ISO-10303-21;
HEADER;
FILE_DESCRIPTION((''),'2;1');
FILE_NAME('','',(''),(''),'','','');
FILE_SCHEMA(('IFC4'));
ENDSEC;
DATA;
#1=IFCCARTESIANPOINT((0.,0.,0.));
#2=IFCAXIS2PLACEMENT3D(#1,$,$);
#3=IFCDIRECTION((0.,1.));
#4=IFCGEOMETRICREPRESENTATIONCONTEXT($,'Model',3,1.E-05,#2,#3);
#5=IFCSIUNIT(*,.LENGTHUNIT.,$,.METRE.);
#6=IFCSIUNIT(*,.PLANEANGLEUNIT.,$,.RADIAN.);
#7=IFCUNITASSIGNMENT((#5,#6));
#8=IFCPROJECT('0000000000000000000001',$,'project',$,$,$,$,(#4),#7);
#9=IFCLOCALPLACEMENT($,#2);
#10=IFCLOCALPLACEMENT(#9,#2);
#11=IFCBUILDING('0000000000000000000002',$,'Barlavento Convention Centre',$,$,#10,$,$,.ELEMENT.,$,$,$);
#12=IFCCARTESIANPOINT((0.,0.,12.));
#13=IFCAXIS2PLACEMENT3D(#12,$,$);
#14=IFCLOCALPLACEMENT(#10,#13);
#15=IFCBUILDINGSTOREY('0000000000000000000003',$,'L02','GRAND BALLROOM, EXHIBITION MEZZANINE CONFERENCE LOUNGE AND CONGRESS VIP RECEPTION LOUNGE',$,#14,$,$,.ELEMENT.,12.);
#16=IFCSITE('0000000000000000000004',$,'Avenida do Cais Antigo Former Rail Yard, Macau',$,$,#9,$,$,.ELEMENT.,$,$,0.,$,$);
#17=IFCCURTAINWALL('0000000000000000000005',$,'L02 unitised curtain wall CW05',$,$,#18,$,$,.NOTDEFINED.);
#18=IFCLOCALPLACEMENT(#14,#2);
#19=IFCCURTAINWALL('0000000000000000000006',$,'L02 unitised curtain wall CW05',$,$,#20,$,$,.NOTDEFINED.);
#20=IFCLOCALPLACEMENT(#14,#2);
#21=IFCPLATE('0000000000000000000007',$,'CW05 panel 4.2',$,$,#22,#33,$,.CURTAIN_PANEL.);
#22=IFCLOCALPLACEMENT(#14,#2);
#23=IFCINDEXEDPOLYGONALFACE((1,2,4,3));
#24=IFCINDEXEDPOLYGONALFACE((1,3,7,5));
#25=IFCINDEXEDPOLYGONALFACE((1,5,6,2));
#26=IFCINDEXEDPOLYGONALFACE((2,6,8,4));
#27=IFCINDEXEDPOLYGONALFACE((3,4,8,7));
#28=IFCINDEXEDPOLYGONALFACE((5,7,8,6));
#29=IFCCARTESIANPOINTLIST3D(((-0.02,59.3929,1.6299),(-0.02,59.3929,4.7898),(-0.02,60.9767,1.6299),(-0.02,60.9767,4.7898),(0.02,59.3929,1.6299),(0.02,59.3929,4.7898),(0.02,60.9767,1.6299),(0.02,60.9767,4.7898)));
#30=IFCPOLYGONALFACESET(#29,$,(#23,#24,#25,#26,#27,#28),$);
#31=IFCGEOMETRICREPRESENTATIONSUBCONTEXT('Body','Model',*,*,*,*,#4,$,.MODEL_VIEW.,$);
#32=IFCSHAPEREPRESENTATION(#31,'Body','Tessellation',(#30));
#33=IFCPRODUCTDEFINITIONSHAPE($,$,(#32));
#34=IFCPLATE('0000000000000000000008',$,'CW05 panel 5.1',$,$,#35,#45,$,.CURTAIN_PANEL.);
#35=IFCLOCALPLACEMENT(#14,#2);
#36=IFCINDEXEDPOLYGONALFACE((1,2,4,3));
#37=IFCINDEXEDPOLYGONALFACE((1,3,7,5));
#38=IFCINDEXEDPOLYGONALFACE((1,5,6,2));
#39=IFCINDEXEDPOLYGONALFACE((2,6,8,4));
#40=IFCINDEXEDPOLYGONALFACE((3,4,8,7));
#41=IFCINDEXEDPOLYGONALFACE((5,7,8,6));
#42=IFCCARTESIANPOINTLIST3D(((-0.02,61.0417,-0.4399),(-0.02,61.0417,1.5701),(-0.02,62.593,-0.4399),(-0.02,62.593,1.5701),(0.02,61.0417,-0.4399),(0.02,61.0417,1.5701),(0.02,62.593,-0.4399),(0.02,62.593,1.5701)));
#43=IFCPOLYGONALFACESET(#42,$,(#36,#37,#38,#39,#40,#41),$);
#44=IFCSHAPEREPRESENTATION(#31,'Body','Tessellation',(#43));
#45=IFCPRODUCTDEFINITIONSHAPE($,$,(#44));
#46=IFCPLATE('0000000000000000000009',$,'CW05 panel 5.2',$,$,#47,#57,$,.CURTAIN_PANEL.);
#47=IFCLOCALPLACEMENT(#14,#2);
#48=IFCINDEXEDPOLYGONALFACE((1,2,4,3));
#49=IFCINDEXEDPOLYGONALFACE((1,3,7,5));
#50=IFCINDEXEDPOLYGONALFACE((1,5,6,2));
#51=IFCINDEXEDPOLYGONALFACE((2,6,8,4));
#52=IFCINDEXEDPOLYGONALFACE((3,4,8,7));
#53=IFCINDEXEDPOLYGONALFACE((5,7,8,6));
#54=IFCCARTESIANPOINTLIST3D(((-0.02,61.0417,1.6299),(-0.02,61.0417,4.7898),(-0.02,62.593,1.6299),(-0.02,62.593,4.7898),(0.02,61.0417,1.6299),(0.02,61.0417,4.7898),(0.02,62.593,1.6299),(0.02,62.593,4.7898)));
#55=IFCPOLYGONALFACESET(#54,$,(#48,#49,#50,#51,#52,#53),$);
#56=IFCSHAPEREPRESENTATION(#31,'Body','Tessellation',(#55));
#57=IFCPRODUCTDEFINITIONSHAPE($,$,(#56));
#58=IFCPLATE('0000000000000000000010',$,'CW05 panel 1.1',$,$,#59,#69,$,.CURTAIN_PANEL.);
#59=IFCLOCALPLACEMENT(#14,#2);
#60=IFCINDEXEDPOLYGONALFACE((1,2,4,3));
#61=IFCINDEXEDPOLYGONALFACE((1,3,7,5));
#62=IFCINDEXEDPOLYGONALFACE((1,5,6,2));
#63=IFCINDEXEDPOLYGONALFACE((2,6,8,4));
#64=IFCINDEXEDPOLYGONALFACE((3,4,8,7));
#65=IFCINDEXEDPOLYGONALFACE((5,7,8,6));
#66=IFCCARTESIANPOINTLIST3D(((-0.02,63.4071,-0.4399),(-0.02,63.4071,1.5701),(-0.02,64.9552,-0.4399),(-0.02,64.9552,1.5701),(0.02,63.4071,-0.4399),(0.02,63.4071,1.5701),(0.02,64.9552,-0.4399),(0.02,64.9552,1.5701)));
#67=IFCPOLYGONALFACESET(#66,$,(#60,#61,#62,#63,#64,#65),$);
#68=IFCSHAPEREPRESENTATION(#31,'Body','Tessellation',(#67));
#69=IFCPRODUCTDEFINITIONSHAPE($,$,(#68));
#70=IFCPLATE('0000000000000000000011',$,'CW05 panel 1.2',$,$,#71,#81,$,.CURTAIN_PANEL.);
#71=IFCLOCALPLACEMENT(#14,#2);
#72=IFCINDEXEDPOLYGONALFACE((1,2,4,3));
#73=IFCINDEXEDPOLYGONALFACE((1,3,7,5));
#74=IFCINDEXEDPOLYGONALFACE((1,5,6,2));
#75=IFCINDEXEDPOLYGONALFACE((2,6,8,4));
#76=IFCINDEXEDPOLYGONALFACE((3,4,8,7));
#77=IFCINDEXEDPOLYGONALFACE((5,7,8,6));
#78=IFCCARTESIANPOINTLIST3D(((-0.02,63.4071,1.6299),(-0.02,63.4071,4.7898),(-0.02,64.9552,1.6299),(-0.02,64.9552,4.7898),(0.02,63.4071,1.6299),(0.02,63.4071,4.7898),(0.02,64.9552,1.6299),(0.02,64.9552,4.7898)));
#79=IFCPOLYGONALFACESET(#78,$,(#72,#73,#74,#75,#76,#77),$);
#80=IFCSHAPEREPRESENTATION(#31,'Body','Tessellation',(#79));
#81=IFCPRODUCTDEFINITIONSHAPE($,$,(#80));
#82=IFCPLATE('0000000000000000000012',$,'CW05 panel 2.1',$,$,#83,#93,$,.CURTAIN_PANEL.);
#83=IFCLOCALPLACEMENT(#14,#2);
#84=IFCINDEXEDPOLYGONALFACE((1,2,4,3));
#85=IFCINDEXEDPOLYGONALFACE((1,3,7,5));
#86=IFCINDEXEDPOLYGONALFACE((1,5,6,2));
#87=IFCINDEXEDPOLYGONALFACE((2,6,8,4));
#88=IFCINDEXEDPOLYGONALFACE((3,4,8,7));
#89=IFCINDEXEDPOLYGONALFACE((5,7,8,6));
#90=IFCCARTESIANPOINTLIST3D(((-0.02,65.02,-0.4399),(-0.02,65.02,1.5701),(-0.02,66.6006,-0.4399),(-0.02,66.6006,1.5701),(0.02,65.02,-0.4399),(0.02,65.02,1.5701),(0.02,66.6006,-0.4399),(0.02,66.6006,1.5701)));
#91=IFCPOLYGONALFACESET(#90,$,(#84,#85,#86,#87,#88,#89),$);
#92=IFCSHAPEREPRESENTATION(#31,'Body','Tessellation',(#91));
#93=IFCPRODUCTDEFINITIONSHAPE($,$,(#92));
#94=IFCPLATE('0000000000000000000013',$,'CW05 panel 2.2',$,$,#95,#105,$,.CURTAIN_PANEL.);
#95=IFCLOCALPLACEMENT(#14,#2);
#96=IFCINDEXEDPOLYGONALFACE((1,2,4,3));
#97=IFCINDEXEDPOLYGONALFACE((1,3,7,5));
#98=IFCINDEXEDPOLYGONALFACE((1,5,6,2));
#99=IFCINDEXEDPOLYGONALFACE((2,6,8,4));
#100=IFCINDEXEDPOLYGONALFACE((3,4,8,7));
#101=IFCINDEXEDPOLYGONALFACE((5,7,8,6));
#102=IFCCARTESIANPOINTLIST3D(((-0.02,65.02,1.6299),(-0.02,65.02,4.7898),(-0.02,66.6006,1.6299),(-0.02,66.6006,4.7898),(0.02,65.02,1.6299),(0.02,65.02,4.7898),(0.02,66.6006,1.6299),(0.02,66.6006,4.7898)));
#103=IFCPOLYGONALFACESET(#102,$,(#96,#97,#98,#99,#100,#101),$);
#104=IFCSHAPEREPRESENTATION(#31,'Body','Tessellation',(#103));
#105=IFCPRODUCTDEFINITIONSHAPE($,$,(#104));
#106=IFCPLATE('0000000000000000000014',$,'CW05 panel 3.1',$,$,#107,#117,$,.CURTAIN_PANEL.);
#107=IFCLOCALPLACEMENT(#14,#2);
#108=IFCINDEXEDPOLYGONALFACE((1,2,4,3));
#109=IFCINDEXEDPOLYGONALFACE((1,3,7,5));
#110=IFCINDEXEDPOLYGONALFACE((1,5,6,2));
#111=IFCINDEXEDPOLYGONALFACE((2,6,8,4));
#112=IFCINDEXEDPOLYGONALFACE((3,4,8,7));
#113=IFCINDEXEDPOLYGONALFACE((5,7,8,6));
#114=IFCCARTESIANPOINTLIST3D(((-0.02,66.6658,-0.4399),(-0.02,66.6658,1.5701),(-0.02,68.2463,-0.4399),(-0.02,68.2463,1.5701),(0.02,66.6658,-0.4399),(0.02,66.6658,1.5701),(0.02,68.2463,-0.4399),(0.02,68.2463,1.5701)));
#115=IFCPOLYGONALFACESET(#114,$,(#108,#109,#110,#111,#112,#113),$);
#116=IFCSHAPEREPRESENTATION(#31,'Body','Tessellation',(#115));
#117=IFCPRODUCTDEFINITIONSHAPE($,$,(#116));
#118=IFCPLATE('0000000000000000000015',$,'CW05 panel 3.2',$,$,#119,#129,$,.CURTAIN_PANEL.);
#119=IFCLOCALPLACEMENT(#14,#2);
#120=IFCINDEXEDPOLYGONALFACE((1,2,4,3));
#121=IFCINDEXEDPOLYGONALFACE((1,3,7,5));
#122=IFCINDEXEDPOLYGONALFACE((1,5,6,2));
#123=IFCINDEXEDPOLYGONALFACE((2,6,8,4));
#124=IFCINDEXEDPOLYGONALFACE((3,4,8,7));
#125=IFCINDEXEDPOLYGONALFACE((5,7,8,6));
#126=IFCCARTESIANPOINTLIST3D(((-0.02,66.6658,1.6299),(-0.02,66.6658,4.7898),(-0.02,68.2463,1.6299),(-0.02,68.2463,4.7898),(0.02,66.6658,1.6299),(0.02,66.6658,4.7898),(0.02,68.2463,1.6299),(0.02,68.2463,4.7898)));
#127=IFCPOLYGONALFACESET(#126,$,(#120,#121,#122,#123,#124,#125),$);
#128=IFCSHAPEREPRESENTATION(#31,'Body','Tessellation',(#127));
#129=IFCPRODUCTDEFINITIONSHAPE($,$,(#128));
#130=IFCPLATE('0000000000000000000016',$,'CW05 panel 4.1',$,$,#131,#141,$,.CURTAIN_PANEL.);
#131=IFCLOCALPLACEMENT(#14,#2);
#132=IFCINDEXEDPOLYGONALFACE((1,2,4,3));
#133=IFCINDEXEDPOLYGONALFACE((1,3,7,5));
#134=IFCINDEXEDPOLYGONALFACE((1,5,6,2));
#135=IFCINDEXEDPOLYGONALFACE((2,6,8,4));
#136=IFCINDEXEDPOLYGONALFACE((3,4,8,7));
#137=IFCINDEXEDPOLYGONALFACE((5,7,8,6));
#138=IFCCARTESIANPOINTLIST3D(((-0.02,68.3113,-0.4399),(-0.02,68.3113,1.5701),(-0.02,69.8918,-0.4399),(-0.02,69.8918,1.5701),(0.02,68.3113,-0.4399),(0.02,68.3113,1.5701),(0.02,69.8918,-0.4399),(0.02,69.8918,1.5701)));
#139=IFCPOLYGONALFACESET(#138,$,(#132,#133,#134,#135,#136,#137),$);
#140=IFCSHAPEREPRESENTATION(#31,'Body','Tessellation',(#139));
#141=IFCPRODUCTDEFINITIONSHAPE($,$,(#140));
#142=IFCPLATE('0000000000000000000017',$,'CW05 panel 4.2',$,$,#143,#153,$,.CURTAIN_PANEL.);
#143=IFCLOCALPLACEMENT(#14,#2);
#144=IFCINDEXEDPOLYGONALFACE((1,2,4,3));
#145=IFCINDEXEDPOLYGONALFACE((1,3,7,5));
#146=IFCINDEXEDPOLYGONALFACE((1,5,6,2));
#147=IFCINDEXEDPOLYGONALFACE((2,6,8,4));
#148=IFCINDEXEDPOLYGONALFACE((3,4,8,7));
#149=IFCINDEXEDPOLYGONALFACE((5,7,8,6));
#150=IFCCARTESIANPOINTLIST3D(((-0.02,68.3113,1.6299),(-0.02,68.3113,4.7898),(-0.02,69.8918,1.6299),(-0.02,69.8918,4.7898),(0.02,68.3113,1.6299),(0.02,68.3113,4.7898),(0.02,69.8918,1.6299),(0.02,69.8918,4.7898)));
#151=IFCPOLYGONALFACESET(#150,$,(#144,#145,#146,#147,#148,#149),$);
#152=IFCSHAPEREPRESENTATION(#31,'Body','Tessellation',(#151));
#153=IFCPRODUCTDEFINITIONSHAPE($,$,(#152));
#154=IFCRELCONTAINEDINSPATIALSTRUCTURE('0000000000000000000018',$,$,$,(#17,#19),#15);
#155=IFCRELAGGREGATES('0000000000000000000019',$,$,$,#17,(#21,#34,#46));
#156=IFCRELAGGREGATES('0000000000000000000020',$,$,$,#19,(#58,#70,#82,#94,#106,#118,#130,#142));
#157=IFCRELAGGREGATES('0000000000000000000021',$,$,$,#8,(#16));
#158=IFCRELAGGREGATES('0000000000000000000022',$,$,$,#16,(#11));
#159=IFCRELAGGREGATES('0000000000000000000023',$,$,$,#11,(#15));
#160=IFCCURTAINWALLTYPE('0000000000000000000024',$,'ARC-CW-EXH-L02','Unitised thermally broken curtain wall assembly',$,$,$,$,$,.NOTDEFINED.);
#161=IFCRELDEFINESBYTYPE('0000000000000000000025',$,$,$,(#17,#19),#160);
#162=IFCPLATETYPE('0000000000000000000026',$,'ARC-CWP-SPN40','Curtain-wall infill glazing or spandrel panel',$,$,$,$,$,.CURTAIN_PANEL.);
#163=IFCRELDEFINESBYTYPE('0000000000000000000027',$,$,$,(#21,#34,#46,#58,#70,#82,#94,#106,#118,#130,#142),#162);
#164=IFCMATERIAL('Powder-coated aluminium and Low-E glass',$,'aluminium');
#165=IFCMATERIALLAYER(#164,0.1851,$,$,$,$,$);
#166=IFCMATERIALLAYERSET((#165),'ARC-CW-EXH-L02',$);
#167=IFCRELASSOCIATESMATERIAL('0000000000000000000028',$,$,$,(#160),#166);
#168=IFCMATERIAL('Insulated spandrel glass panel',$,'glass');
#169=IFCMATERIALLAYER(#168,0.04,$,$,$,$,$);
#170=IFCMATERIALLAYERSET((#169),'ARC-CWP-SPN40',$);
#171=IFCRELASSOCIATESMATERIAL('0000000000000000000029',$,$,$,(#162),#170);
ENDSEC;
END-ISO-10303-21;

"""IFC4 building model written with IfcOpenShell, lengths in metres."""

from ifc_helpers import new_model, si_unit, direction, frame, origin, origin_2d, place, context, subcontext, project, spatial, rectangle, extrude, material, layer, layer_set, type_object, element, aggregate, save


model = new_model("IFC4")

# Units and contexts
model_context = context("Model", 3, precision=1e-05, world=origin(), true_north=direction((0.0, 1.0)))
body_context = subcontext(model_context, "Body", "Model", "MODEL_VIEW")
ifc_project = project(units=[si_unit("LENGTHUNIT", "METRE"), si_unit("PLANEANGLEUNIT", "RADIAN")], contexts=[model_context])

# Site, building, storey
site_placement = place(None, origin())
site = spatial("IfcSite", under=ifc_project, at=site_placement, Name="Avenida do Cais Antigo Former Rail Yard, Macau", CompositionType="ELEMENT", RefElevation=0.0)
building_placement = place(site_placement, origin())
building = spatial("IfcBuilding", under=site, at=building_placement, Name="Barlavento Convention Centre", CompositionType="ELEMENT")
storey_placement = place(building_placement, frame((0.0, 0.0, 12.0)))
storey = spatial("IfcBuildingStorey", under=building, at=storey_placement, Name="L02", Description="GRAND BALLROOM, EXHIBITION MEZZANINE CONFERENCE LOUNGE AND CONGRESS VIP RECEPTION LOUNGE", CompositionType="ELEMENT", Elevation=12.0)

# Curtain walls
ifc_material_1 = material(Name="Powder-coated aluminium and Low-E glass", Category="aluminium")
ifc_layer_1 = layer(ifc_material_1, 0.1851)
ifc_layer_set_1 = layer_set([ifc_layer_1], Name="ARC-CW-EXH-L02")
curtain_wall_type = type_object("IfcCurtainWallType", Name="ARC-CW-EXH-L02", Description="Unitised thermally broken curtain wall assembly", PredefinedType="NOTDEFINED", material=ifc_layer_set_1)
curtain_wall_1_placement = place(storey_placement, origin())
curtain_wall_1 = element("IfcCurtainWall", 1, at=curtain_wall_1_placement, inside=storey, type_object=curtain_wall_type, Name="L02 unitised curtain wall CW05", PredefinedType="NOTDEFINED")
curtain_wall_2_placement = place(storey_placement, origin())
curtain_wall_2 = element("IfcCurtainWall", 2, at=curtain_wall_2_placement, inside=storey, type_object=curtain_wall_type, Name="L02 unitised curtain wall CW05", PredefinedType="NOTDEFINED")

# Plates
ifc_material_2 = material(Name="Insulated spandrel glass panel", Category="glass")
ifc_layer_2 = layer(ifc_material_2, 0.04)
ifc_layer_set_2 = layer_set([ifc_layer_2], Name="ARC-CWP-SPN40")
plate_type = type_object("IfcPlateType", Name="ARC-CWP-SPN40", Description="Curtain-wall infill glazing or spandrel panel", PredefinedType="CURTAIN_PANEL", material=ifc_layer_set_2)
plate_1_placement = place(storey_placement, frame((0.0, 60.1848, 1.6299), z_axis=(0.0, 0.0, 1.0), x_axis=(0.0, 1.0, 0.0)))
plate_1 = element("IfcPlate", 3, at=plate_1_placement, type_object=plate_type, Name="CW05 panel 4.2", PredefinedType="CURTAIN_PANEL", context=body_context, shape_type="SweptSolid", body=[
    extrude(rectangle(XDim=1.5837, YDim=0.04, at=origin_2d()), origin(), (0.0, 0.0, 1.0), 3.1599),
])
plate_2_placement = place(storey_placement, frame((0.0, 61.8174, -0.4399), z_axis=(0.0, 0.0, 1.0), x_axis=(0.0, 1.0, 0.0)))
plate_2 = element("IfcPlate", 4, at=plate_2_placement, type_object=plate_type, Name="CW05 panel 5.1", PredefinedType="CURTAIN_PANEL", context=body_context, shape_type="SweptSolid", body=[
    extrude(rectangle(XDim=1.5513, YDim=0.04, at=origin_2d()), origin(), (0.0, 0.0, 1.0), 2.01),
])
plate_3_placement = place(storey_placement, frame((0.0, 61.8174, 1.6299), z_axis=(0.0, 0.0, 1.0), x_axis=(0.0, 1.0, 0.0)))
plate_3 = element("IfcPlate", 5, at=plate_3_placement, type_object=plate_type, Name="CW05 panel 5.2", PredefinedType="CURTAIN_PANEL", context=body_context, shape_type="SweptSolid", body=[
    extrude(rectangle(XDim=1.5513, YDim=0.04, at=origin_2d()), origin(), (0.0, 0.0, 1.0), 3.1599),
])
aggregate(curtain_wall_1, [plate_1, plate_2, plate_3])
plate_4_placement = place(storey_placement, frame((0.0, 64.1812, -0.4399), z_axis=(0.0, 0.0, 1.0), x_axis=(0.0, 1.0, 0.0)))
plate_4 = element("IfcPlate", 6, at=plate_4_placement, type_object=plate_type, Name="CW05 panel 1.1", PredefinedType="CURTAIN_PANEL", context=body_context, shape_type="SweptSolid", body=[
    extrude(rectangle(XDim=1.5481, YDim=0.04, at=origin_2d()), origin(), (0.0, 0.0, 1.0), 2.01),
])
plate_5_placement = place(storey_placement, frame((0.0, 64.1812, 1.6299), z_axis=(0.0, 0.0, 1.0), x_axis=(0.0, 1.0, 0.0)))
plate_5 = element("IfcPlate", 7, at=plate_5_placement, type_object=plate_type, Name="CW05 panel 1.2", PredefinedType="CURTAIN_PANEL", context=body_context, shape_type="SweptSolid", body=[
    extrude(rectangle(XDim=1.5481, YDim=0.04, at=origin_2d()), origin(), (0.0, 0.0, 1.0), 3.1599),
])
plate_6_placement = place(storey_placement, frame((0.0, 65.8103, -0.4399), z_axis=(0.0, 0.0, 1.0), x_axis=(0.0, 1.0, 0.0)))
plate_6 = element("IfcPlate", 8, at=plate_6_placement, type_object=plate_type, Name="CW05 panel 2.1", PredefinedType="CURTAIN_PANEL", context=body_context, shape_type="SweptSolid", body=[
    extrude(rectangle(XDim=1.5806, YDim=0.04, at=origin_2d()), origin(), (0.0, 0.0, 1.0), 2.01),
])
plate_7_placement = place(storey_placement, frame((0.0, 65.8103, 1.6299), z_axis=(0.0, 0.0, 1.0), x_axis=(0.0, 1.0, 0.0)))
plate_7 = element("IfcPlate", 9, at=plate_7_placement, type_object=plate_type, Name="CW05 panel 2.2", PredefinedType="CURTAIN_PANEL", context=body_context, shape_type="SweptSolid", body=[
    extrude(rectangle(XDim=1.5806, YDim=0.04, at=origin_2d()), origin(), (0.0, 0.0, 1.0), 3.1599),
])
plate_8_placement = place(storey_placement, frame((0.0, 67.4561, -0.4399), z_axis=(0.0, 0.0, 1.0), x_axis=(0.0, 1.0, 0.0)))
plate_8 = element("IfcPlate", 10, at=plate_8_placement, type_object=plate_type, Name="CW05 panel 3.1", PredefinedType="CURTAIN_PANEL", context=body_context, shape_type="SweptSolid", body=[
    extrude(rectangle(XDim=1.5806, YDim=0.04, at=origin_2d()), origin(), (0.0, 0.0, 1.0), 2.01),
])
plate_9_placement = place(storey_placement, frame((0.0, 67.4561, 1.6299), z_axis=(0.0, 0.0, 1.0), x_axis=(0.0, 1.0, 0.0)))
plate_9 = element("IfcPlate", 11, at=plate_9_placement, type_object=plate_type, Name="CW05 panel 3.2", PredefinedType="CURTAIN_PANEL", context=body_context, shape_type="SweptSolid", body=[
    extrude(rectangle(XDim=1.5806, YDim=0.04, at=origin_2d()), origin(), (0.0, 0.0, 1.0), 3.1599),
])
plate_10_placement = place(storey_placement, frame((0.0, 69.1016, -0.4399), z_axis=(0.0, 0.0, 1.0), x_axis=(0.0, 1.0, 0.0)))
plate_10 = element("IfcPlate", 12, at=plate_10_placement, type_object=plate_type, Name="CW05 panel 4.1", PredefinedType="CURTAIN_PANEL", context=body_context, shape_type="SweptSolid", body=[
    extrude(rectangle(XDim=1.5806, YDim=0.04, at=origin_2d()), origin(), (0.0, 0.0, 1.0), 2.01),
])
plate_11_placement = place(storey_placement, frame((0.0, 69.1016, 1.6299), z_axis=(0.0, 0.0, 1.0), x_axis=(0.0, 1.0, 0.0)))
plate_11 = element("IfcPlate", 13, at=plate_11_placement, type_object=plate_type, Name="CW05 panel 4.2", PredefinedType="CURTAIN_PANEL", context=body_context, shape_type="SweptSolid", body=[
    extrude(rectangle(XDim=1.5806, YDim=0.04, at=origin_2d()), origin(), (0.0, 0.0, 1.0), 3.1599),
])
aggregate(curtain_wall_2, [plate_4, plate_5, plate_6, plate_7, plate_8, plate_9, plate_10, plate_11])

save(model, "model.ifc")
